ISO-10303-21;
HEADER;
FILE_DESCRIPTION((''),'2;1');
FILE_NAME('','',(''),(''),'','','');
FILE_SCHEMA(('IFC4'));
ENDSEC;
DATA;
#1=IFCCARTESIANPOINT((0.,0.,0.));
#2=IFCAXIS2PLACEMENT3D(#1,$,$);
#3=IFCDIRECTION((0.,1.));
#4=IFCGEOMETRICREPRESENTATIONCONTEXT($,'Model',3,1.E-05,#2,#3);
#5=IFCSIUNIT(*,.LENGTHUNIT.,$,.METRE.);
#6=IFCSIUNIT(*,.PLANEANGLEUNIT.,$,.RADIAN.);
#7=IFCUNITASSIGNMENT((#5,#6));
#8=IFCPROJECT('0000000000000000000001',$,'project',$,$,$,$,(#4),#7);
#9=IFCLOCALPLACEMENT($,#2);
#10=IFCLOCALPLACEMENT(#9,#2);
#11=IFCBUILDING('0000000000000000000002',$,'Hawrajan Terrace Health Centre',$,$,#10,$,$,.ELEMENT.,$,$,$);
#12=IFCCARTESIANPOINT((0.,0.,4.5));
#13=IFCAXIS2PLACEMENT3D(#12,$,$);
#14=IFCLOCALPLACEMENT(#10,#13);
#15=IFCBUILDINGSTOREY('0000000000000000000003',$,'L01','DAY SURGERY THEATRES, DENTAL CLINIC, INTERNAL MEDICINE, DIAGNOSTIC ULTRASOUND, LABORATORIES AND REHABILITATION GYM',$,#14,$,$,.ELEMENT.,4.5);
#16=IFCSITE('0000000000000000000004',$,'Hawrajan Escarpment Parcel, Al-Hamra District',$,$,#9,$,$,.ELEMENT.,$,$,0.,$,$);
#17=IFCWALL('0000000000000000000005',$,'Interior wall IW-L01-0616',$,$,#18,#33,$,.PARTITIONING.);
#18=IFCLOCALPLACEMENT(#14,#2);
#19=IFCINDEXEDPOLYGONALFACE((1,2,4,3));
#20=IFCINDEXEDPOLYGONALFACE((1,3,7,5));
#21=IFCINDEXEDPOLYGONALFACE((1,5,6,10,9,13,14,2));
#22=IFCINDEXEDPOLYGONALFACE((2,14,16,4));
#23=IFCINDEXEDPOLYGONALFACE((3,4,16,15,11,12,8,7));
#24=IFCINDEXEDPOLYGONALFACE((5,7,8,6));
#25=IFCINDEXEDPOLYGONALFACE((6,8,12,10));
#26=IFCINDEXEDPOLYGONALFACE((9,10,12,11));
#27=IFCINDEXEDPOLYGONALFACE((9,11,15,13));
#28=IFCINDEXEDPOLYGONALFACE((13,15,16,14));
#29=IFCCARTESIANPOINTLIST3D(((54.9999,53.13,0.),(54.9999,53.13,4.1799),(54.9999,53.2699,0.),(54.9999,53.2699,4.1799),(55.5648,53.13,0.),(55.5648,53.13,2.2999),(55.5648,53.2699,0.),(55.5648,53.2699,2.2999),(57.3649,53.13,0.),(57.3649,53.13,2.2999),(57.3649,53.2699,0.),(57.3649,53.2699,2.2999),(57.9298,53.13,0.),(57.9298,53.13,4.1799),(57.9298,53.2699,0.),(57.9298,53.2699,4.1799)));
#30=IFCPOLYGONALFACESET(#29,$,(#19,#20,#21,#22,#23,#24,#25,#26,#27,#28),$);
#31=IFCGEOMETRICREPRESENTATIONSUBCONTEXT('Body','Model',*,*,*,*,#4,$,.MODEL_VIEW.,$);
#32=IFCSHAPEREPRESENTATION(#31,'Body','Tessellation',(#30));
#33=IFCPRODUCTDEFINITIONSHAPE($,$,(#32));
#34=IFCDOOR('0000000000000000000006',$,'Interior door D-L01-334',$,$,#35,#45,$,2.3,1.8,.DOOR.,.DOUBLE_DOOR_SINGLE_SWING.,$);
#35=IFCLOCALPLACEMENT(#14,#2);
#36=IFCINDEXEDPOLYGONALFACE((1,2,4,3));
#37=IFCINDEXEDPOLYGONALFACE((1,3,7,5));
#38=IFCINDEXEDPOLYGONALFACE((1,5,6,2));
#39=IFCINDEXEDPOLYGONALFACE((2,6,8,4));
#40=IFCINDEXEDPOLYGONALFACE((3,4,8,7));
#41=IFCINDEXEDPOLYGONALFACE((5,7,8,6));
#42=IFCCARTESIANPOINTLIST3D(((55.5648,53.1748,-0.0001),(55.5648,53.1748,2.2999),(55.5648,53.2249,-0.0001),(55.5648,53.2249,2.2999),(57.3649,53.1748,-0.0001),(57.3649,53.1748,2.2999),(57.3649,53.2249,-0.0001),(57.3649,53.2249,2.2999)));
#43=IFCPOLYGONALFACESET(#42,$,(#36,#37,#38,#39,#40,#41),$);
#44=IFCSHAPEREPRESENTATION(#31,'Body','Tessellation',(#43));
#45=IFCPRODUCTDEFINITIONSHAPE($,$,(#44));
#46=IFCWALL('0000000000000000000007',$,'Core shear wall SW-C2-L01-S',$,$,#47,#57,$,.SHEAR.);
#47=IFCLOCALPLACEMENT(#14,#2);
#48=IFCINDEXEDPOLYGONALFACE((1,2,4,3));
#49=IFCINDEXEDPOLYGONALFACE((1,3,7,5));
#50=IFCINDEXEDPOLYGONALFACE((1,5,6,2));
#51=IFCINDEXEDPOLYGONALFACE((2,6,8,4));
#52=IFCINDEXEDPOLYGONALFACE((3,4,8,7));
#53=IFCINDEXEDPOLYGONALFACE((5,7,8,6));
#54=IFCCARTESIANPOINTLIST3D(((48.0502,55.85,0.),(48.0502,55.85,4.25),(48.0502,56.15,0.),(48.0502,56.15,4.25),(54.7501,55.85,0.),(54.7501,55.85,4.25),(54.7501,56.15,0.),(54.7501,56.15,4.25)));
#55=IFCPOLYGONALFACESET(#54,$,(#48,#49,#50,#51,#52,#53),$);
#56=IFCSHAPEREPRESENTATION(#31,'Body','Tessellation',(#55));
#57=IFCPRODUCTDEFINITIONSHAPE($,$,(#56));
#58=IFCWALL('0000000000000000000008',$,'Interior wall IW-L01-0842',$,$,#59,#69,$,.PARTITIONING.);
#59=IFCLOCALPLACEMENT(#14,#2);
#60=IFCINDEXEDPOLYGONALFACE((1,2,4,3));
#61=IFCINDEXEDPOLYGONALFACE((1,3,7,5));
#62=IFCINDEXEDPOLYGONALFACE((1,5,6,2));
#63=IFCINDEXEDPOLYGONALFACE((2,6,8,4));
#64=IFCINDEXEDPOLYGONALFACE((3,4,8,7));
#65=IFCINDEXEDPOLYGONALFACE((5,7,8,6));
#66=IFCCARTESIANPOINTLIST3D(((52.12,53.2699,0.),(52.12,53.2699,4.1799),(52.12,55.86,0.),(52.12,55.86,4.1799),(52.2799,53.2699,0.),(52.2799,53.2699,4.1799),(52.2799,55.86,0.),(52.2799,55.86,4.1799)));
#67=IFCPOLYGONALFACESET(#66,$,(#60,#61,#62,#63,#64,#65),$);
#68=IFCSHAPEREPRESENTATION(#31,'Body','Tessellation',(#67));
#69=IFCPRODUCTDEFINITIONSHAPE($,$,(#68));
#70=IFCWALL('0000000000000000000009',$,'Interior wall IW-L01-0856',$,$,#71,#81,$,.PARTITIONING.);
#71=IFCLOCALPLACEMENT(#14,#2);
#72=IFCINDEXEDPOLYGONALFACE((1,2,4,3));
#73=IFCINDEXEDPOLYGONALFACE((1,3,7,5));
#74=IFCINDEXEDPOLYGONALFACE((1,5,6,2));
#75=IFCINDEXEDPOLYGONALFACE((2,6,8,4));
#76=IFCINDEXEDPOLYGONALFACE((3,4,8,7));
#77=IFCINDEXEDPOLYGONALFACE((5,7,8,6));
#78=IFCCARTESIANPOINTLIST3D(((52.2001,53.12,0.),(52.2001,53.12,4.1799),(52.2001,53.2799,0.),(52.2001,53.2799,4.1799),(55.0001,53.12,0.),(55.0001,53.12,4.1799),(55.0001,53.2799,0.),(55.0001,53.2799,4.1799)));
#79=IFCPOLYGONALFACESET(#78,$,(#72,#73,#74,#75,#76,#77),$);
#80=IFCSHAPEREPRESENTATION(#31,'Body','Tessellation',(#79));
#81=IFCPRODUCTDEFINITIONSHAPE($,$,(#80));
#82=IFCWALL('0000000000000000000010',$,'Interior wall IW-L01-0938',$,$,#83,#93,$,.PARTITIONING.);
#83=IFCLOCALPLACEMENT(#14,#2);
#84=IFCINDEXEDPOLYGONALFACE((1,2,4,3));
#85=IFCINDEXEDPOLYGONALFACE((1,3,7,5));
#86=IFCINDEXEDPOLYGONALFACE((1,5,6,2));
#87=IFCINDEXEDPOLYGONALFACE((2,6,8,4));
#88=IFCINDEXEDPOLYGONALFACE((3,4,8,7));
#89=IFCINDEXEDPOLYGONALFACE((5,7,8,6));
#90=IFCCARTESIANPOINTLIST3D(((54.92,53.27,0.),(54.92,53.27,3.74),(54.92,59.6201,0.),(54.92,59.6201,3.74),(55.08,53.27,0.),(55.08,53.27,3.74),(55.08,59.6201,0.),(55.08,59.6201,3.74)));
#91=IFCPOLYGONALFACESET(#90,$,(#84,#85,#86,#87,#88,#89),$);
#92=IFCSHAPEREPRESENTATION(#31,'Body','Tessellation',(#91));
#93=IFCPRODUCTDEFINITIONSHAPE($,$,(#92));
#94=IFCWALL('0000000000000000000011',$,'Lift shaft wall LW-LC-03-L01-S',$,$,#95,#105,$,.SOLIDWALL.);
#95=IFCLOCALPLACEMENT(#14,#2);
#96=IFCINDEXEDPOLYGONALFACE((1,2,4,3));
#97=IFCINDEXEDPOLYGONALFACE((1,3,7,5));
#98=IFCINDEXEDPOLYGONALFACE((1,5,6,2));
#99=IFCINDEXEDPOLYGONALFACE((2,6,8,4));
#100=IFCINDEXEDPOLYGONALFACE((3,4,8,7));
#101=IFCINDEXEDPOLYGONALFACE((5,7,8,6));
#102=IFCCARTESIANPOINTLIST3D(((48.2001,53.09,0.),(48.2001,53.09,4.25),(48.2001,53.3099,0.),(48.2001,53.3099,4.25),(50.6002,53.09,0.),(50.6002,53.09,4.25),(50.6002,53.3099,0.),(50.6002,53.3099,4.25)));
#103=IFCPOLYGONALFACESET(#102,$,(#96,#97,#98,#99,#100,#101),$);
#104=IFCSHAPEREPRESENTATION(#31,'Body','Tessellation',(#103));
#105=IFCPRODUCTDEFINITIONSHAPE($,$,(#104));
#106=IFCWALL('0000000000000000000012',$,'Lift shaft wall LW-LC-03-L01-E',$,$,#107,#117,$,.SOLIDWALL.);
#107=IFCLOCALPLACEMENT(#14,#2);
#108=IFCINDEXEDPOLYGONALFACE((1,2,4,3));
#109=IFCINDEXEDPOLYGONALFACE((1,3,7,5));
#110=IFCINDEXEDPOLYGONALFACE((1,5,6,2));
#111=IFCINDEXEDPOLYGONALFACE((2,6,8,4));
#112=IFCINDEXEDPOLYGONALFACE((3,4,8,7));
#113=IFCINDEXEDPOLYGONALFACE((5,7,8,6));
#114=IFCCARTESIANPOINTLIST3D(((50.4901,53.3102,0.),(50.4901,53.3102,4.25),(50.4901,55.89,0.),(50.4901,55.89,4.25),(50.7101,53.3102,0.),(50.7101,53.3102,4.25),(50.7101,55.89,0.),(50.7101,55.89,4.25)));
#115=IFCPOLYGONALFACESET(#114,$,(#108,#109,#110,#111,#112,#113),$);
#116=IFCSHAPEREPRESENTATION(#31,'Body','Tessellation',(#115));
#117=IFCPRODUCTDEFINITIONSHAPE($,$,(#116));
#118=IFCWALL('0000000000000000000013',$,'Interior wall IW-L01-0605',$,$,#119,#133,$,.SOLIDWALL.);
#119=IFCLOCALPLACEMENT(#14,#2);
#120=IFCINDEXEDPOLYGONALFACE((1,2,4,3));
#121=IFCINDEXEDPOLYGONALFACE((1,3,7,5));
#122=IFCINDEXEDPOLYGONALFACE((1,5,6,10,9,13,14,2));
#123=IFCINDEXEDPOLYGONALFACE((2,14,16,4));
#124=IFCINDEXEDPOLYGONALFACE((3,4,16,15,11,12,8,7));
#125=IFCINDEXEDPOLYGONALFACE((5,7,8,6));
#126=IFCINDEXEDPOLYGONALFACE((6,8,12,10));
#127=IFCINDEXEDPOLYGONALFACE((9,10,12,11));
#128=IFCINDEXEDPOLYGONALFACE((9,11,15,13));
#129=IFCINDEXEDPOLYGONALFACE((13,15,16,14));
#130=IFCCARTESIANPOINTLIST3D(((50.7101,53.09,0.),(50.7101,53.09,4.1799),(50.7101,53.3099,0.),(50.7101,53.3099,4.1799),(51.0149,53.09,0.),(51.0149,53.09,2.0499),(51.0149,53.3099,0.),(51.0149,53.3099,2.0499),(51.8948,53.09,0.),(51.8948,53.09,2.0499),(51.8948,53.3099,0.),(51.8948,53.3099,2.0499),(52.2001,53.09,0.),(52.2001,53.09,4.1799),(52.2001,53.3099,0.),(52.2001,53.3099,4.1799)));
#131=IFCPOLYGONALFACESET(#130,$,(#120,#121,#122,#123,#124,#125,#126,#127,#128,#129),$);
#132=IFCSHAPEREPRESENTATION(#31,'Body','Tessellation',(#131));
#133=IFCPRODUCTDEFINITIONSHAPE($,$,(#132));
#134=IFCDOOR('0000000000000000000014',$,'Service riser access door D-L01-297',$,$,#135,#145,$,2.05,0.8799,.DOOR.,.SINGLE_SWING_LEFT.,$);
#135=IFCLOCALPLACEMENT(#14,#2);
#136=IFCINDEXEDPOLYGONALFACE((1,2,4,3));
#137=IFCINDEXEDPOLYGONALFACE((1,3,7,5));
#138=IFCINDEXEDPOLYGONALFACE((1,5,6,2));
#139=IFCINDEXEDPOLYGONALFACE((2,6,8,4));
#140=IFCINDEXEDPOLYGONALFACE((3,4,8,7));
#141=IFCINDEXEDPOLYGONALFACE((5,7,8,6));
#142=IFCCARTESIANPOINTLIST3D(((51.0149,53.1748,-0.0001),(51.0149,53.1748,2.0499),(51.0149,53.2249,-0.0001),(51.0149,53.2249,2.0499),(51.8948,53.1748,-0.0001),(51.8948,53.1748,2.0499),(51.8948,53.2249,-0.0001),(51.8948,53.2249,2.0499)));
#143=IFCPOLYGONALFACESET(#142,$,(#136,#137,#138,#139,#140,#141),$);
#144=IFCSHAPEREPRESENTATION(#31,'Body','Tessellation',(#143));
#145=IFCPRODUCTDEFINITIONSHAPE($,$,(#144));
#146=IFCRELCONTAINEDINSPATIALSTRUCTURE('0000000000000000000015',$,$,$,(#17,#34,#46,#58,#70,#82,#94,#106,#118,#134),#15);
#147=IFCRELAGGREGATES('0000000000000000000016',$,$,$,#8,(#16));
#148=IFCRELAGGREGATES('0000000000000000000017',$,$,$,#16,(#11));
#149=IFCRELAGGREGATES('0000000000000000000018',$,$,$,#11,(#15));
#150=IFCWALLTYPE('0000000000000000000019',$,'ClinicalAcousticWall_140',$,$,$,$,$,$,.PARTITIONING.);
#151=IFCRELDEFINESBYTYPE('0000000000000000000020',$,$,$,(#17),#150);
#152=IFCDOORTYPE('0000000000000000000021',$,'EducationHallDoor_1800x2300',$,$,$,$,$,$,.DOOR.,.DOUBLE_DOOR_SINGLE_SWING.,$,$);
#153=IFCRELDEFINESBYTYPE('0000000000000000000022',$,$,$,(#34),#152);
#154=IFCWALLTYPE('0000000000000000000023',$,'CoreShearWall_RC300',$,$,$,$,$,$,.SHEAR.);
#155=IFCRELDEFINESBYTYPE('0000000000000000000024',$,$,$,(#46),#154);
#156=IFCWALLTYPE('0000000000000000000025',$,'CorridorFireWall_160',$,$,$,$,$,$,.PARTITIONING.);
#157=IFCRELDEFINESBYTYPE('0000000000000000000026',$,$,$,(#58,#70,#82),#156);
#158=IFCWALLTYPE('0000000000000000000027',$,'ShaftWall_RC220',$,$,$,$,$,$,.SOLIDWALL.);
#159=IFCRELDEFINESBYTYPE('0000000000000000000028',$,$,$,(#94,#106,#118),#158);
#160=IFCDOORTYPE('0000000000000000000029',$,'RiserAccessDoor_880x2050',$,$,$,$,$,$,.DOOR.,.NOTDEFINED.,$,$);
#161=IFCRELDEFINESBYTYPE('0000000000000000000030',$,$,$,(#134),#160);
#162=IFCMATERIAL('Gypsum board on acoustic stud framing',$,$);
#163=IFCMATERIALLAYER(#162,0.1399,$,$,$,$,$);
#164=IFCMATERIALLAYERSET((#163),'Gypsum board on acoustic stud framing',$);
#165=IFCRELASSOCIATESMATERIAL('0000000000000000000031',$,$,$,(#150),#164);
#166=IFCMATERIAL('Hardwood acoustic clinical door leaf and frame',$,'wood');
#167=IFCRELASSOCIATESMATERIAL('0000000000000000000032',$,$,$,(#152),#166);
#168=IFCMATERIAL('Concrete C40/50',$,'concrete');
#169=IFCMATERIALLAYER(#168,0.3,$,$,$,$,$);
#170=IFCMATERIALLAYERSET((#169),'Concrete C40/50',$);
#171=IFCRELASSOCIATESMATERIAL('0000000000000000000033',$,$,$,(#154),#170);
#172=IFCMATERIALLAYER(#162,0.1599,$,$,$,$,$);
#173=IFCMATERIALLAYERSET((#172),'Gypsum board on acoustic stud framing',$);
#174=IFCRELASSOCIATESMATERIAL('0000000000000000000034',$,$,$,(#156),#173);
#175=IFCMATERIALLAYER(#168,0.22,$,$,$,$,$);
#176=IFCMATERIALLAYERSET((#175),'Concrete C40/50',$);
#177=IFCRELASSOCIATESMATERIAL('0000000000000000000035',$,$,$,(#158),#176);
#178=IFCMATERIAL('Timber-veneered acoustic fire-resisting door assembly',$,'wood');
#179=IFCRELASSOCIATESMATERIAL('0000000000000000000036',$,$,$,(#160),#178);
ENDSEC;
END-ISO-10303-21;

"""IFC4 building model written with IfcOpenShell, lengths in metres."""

from ifc_helpers import new_model, si_unit, direction, frame, frame_2d, origin, place, context, subcontext, project, spatial, rectangle, extrude, material, layer, layer_set, type_object, element, fill, save


model = new_model("IFC4")

# Units and contexts
model_context = context("Model", 3, precision=1e-05, world=origin(), true_north=direction((0.0, 1.0)))
body_context = subcontext(model_context, "Body", "Model", "MODEL_VIEW")
ifc_project = project(units=[si_unit("LENGTHUNIT", "METRE"), si_unit("PLANEANGLEUNIT", "RADIAN")], contexts=[model_context])

# Site, building, storey
site_placement = place(None, origin())
site = spatial("IfcSite", under=ifc_project, at=site_placement, Name="Hawrajan Escarpment Parcel, Al-Hamra District", CompositionType="ELEMENT", RefElevation=0.0)
building_placement = place(site_placement, origin())
building = spatial("IfcBuilding", under=site, at=building_placement, Name="Hawrajan Terrace Health Centre", CompositionType="ELEMENT")
storey_placement = place(building_placement, frame((0.0, 0.0, 4.5)))
storey = spatial("IfcBuildingStorey", under=building, at=storey_placement, Name="L01", Description="DAY SURGERY THEATRES, DENTAL CLINIC, INTERNAL MEDICINE, DIAGNOSTIC ULTRASOUND, LABORATORIES AND REHABILITATION GYM", CompositionType="ELEMENT", Elevation=4.5)

# Shared definitions
ifc_material_1 = material(Name="Concrete C40/50", Category="concrete")

# Shared definitions
ifc_material_2 = material(Name="Gypsum board on acoustic stud framing")
ifc_layer_1 = layer(ifc_material_2, 0.1399)
ifc_layer_set_1 = layer_set([ifc_layer_1], Name="Gypsum board on acoustic stud framing")
wall_type_1 = type_object("IfcWallType", Name="ClinicalAcousticWall_140", PredefinedType="PARTITIONING", material=ifc_layer_set_1)

# Shared definitions
ifc_material_3 = material(Name="Hardwood acoustic clinical door leaf and frame", Category="wood")

# Wall, opening, door
wall_1_placement = place(storey_placement, frame((55.0, 53.2, 0.0), z_axis=(0.0, 0.0, 1.0), x_axis=(1.0, 0.0, 0.0)))
wall_1 = element("IfcWall", 1, at=wall_1_placement, inside=storey, type_object=wall_type_1, Name="Interior wall IW-L01-0616", PredefinedType="PARTITIONING", context=body_context, shape_type="SweptSolid", body=[
    extrude(rectangle(XDim=2.9299, YDim=0.1399, at=frame_2d((1.4648, 0.0))), origin(), (0.0, 0.0, 1.0), 4.1799),
])
opening_1_placement = place(wall_1_placement, frame((0.5649, 0.0, 0.0)))
opening_1 = element("IfcOpeningElement", 2, at=opening_1_placement, cuts=wall_1, PredefinedType="OPENING", context=body_context, shape_type="SweptSolid", body=[
    extrude(rectangle(XDim=1.8, YDim=2.3, at=frame_2d((0.8999, 1.1499))), frame((0.0, 0.0798, 0.0), z_axis=(0.0, -1.0, 0.0), x_axis=(1.0, 0.0, 0.0)), (0.0, 0.0, 1.0), 0.1599),
])
door_type_1 = type_object("IfcDoorType", Name="EducationHallDoor_1800x2300", OperationType="DOUBLE_DOOR_SINGLE_SWING", PredefinedType="DOOR", material=ifc_material_3)
door_1_placement = place(opening_1_placement, origin())
door_1 = element("IfcDoor", 3, at=door_1_placement, inside=storey, type_object=door_type_1, Name="Interior door D-L01-334", OperationType="DOUBLE_DOOR_SINGLE_SWING", OverallHeight=2.3, OverallWidth=1.8, PredefinedType="DOOR", context=body_context, shape_type="SweptSolid", body=[
    extrude(rectangle(XDim=1.8, YDim=2.3, at=frame_2d((0.8999, 1.1499))), frame((0.0, 0.0249, 0.0), z_axis=(0.0, -1.0, 0.0), x_axis=(1.0, 0.0, 0.0)), (0.0, 0.0, 1.0), 0.05),
])
fill(opening_1, door_1)

# Walls
ifc_layer_2 = layer(ifc_material_1, 0.3)
ifc_layer_set_2 = layer_set([ifc_layer_2], Name="Concrete C40/50")
wall_type_2 = type_object("IfcWallType", Name="CoreShearWall_RC300", PredefinedType="SHEAR", material=ifc_layer_set_2)
wall_2_placement = place(storey_placement, frame((48.05, 56.0, 0.0), z_axis=(0.0, 0.0, 1.0), x_axis=(1.0, 0.0, 0.0)))
element("IfcWall", 4, at=wall_2_placement, inside=storey, type_object=wall_type_2, Name="Core shear wall SW-C2-L01-S", PredefinedType="SHEAR", context=body_context, shape_type="SweptSolid", body=[
    extrude(rectangle(XDim=6.7, YDim=0.3, at=frame_2d((3.3501, 0.0))), origin(), (0.0, 0.0, 1.0), 4.25),
])
ifc_layer_3 = layer(ifc_material_2, 0.1599)
ifc_layer_set_3 = layer_set([ifc_layer_3], Name="Gypsum board on acoustic stud framing")
wall_type_3 = type_object("IfcWallType", Name="CorridorFireWall_160", PredefinedType="PARTITIONING", material=ifc_layer_set_3)
wall_3_placement = place(storey_placement, frame((52.2, 53.27, 0.0), z_axis=(0.0, 0.0, 1.0), x_axis=(0.0, 1.0, 0.0)))
element("IfcWall", 5, at=wall_3_placement, inside=storey, type_object=wall_type_3, Name="Interior wall IW-L01-0842", PredefinedType="PARTITIONING", context=body_context, shape_type="SweptSolid", body=[
    extrude(rectangle(XDim=2.5901, YDim=0.1599, at=frame_2d((1.2949, 0.0))), origin(), (0.0, 0.0, 1.0), 4.1799),
])
wall_4_placement = place(storey_placement, frame((55.0, 53.2, 0.0), z_axis=(0.0, 0.0, 1.0), x_axis=(-1.0, 0.0, 0.0)))
element("IfcWall", 6, at=wall_4_placement, inside=storey, type_object=wall_type_3, Name="Interior wall IW-L01-0856", PredefinedType="PARTITIONING", context=body_context, shape_type="SweptSolid", body=[
    extrude(rectangle(XDim=2.8, YDim=0.1599, at=frame_2d((1.3999, 0.0))), origin(), (0.0, 0.0, 1.0), 4.1799),
])
wall_5_placement = place(storey_placement, frame((55.0, 53.27, 0.0), z_axis=(0.0, 0.0, 1.0), x_axis=(0.0, 1.0, 0.0)))
element("IfcWall", 7, at=wall_5_placement, inside=storey, type_object=wall_type_3, Name="Interior wall IW-L01-0938", PredefinedType="PARTITIONING", context=body_context, shape_type="SweptSolid", body=[
    extrude(rectangle(XDim=6.3501, YDim=0.1599, at=frame_2d((3.175, 0.0))), origin(), (0.0, 0.0, 1.0), 3.74),
])
ifc_layer_4 = layer(ifc_material_1, 0.22)
ifc_layer_set_4 = layer_set([ifc_layer_4], Name="Concrete C40/50")
wall_type_4 = type_object("IfcWallType", Name="ShaftWall_RC220", PredefinedType="SOLIDWALL", material=ifc_layer_set_4)
wall_6_placement = place(storey_placement, frame((48.2, 53.2, 0.0), z_axis=(0.0, 0.0, 1.0), x_axis=(1.0, 0.0, 0.0)))
element("IfcWall", 8, at=wall_6_placement, inside=storey, type_object=wall_type_4, Name="Lift shaft wall LW-LC-03-L01-S", PredefinedType="SOLIDWALL", context=body_context, shape_type="SweptSolid", body=[
    extrude(rectangle(XDim=2.4001, YDim=0.22, at=frame_2d((1.2002, 0.0))), origin(), (0.0, 0.0, 1.0), 4.25),
])

# Wall
wall_7_placement = place(storey_placement, frame((50.6001, 53.3101, 0.0), z_axis=(0.0, 0.0, 1.0), x_axis=(0.0, 1.0, 0.0)))
element("IfcWall", 9, at=wall_7_placement, inside=storey, type_object=wall_type_4, Name="Lift shaft wall LW-LC-03-L01-E", PredefinedType="SOLIDWALL", context=body_context, shape_type="SweptSolid", body=[
    extrude(rectangle(XDim=2.5798, YDim=0.22, at=frame_2d((1.29, 0.0))), origin(), (0.0, 0.0, 1.0), 4.25),
])

# Wall, opening, door
wall_8_placement = place(storey_placement, frame((50.71, 53.2, 0.0), z_axis=(0.0, 0.0, 1.0), x_axis=(1.0, 0.0, 0.0)))
wall_8 = element("IfcWall", 10, at=wall_8_placement, inside=storey, type_object=wall_type_4, Name="Interior wall IW-L01-0605", PredefinedType="SOLIDWALL", context=body_context, shape_type="SweptSolid", body=[
    extrude(rectangle(XDim=1.49, YDim=0.22, at=frame_2d((0.7451, 0.0))), origin(), (0.0, 0.0, 1.0), 4.1799),
])
opening_2_placement = place(wall_8_placement, frame((0.3049, 0.0, 0.0)))
opening_2 = element("IfcOpeningElement", 11, at=opening_2_placement, cuts=wall_8, PredefinedType="OPENING", context=body_context, shape_type="SweptSolid", body=[
    extrude(rectangle(XDim=0.8799, YDim=2.05, at=frame_2d((0.4399, 1.0249))), frame((0.0, 0.1199, 0.0), z_axis=(0.0, -1.0, 0.0), x_axis=(1.0, 0.0, 0.0)), (0.0, 0.0, 1.0), 0.24),
])
ifc_material_4 = material(Name="Timber-veneered acoustic fire-resisting door assembly", Category="wood")
door_type_2 = type_object("IfcDoorType", Name="RiserAccessDoor_880x2050", OperationType="NOTDEFINED", PredefinedType="DOOR", material=ifc_material_4)
door_2_placement = place(opening_2_placement, origin())
door_2 = element("IfcDoor", 12, at=door_2_placement, inside=storey, type_object=door_type_2, Name="Service riser access door D-L01-297", OperationType="SINGLE_SWING_LEFT", OverallHeight=2.05, OverallWidth=0.8799, PredefinedType="DOOR", context=body_context, shape_type="SweptSolid", body=[
    extrude(rectangle(XDim=0.8799, YDim=2.05, at=frame_2d((0.4399, 1.0249))), frame((0.0, 0.0249, 0.0), z_axis=(0.0, -1.0, 0.0), x_axis=(1.0, 0.0, 0.0)), (0.0, 0.0, 1.0), 0.05),
])
fill(opening_2, door_2)

save(model, "model.ifc")
